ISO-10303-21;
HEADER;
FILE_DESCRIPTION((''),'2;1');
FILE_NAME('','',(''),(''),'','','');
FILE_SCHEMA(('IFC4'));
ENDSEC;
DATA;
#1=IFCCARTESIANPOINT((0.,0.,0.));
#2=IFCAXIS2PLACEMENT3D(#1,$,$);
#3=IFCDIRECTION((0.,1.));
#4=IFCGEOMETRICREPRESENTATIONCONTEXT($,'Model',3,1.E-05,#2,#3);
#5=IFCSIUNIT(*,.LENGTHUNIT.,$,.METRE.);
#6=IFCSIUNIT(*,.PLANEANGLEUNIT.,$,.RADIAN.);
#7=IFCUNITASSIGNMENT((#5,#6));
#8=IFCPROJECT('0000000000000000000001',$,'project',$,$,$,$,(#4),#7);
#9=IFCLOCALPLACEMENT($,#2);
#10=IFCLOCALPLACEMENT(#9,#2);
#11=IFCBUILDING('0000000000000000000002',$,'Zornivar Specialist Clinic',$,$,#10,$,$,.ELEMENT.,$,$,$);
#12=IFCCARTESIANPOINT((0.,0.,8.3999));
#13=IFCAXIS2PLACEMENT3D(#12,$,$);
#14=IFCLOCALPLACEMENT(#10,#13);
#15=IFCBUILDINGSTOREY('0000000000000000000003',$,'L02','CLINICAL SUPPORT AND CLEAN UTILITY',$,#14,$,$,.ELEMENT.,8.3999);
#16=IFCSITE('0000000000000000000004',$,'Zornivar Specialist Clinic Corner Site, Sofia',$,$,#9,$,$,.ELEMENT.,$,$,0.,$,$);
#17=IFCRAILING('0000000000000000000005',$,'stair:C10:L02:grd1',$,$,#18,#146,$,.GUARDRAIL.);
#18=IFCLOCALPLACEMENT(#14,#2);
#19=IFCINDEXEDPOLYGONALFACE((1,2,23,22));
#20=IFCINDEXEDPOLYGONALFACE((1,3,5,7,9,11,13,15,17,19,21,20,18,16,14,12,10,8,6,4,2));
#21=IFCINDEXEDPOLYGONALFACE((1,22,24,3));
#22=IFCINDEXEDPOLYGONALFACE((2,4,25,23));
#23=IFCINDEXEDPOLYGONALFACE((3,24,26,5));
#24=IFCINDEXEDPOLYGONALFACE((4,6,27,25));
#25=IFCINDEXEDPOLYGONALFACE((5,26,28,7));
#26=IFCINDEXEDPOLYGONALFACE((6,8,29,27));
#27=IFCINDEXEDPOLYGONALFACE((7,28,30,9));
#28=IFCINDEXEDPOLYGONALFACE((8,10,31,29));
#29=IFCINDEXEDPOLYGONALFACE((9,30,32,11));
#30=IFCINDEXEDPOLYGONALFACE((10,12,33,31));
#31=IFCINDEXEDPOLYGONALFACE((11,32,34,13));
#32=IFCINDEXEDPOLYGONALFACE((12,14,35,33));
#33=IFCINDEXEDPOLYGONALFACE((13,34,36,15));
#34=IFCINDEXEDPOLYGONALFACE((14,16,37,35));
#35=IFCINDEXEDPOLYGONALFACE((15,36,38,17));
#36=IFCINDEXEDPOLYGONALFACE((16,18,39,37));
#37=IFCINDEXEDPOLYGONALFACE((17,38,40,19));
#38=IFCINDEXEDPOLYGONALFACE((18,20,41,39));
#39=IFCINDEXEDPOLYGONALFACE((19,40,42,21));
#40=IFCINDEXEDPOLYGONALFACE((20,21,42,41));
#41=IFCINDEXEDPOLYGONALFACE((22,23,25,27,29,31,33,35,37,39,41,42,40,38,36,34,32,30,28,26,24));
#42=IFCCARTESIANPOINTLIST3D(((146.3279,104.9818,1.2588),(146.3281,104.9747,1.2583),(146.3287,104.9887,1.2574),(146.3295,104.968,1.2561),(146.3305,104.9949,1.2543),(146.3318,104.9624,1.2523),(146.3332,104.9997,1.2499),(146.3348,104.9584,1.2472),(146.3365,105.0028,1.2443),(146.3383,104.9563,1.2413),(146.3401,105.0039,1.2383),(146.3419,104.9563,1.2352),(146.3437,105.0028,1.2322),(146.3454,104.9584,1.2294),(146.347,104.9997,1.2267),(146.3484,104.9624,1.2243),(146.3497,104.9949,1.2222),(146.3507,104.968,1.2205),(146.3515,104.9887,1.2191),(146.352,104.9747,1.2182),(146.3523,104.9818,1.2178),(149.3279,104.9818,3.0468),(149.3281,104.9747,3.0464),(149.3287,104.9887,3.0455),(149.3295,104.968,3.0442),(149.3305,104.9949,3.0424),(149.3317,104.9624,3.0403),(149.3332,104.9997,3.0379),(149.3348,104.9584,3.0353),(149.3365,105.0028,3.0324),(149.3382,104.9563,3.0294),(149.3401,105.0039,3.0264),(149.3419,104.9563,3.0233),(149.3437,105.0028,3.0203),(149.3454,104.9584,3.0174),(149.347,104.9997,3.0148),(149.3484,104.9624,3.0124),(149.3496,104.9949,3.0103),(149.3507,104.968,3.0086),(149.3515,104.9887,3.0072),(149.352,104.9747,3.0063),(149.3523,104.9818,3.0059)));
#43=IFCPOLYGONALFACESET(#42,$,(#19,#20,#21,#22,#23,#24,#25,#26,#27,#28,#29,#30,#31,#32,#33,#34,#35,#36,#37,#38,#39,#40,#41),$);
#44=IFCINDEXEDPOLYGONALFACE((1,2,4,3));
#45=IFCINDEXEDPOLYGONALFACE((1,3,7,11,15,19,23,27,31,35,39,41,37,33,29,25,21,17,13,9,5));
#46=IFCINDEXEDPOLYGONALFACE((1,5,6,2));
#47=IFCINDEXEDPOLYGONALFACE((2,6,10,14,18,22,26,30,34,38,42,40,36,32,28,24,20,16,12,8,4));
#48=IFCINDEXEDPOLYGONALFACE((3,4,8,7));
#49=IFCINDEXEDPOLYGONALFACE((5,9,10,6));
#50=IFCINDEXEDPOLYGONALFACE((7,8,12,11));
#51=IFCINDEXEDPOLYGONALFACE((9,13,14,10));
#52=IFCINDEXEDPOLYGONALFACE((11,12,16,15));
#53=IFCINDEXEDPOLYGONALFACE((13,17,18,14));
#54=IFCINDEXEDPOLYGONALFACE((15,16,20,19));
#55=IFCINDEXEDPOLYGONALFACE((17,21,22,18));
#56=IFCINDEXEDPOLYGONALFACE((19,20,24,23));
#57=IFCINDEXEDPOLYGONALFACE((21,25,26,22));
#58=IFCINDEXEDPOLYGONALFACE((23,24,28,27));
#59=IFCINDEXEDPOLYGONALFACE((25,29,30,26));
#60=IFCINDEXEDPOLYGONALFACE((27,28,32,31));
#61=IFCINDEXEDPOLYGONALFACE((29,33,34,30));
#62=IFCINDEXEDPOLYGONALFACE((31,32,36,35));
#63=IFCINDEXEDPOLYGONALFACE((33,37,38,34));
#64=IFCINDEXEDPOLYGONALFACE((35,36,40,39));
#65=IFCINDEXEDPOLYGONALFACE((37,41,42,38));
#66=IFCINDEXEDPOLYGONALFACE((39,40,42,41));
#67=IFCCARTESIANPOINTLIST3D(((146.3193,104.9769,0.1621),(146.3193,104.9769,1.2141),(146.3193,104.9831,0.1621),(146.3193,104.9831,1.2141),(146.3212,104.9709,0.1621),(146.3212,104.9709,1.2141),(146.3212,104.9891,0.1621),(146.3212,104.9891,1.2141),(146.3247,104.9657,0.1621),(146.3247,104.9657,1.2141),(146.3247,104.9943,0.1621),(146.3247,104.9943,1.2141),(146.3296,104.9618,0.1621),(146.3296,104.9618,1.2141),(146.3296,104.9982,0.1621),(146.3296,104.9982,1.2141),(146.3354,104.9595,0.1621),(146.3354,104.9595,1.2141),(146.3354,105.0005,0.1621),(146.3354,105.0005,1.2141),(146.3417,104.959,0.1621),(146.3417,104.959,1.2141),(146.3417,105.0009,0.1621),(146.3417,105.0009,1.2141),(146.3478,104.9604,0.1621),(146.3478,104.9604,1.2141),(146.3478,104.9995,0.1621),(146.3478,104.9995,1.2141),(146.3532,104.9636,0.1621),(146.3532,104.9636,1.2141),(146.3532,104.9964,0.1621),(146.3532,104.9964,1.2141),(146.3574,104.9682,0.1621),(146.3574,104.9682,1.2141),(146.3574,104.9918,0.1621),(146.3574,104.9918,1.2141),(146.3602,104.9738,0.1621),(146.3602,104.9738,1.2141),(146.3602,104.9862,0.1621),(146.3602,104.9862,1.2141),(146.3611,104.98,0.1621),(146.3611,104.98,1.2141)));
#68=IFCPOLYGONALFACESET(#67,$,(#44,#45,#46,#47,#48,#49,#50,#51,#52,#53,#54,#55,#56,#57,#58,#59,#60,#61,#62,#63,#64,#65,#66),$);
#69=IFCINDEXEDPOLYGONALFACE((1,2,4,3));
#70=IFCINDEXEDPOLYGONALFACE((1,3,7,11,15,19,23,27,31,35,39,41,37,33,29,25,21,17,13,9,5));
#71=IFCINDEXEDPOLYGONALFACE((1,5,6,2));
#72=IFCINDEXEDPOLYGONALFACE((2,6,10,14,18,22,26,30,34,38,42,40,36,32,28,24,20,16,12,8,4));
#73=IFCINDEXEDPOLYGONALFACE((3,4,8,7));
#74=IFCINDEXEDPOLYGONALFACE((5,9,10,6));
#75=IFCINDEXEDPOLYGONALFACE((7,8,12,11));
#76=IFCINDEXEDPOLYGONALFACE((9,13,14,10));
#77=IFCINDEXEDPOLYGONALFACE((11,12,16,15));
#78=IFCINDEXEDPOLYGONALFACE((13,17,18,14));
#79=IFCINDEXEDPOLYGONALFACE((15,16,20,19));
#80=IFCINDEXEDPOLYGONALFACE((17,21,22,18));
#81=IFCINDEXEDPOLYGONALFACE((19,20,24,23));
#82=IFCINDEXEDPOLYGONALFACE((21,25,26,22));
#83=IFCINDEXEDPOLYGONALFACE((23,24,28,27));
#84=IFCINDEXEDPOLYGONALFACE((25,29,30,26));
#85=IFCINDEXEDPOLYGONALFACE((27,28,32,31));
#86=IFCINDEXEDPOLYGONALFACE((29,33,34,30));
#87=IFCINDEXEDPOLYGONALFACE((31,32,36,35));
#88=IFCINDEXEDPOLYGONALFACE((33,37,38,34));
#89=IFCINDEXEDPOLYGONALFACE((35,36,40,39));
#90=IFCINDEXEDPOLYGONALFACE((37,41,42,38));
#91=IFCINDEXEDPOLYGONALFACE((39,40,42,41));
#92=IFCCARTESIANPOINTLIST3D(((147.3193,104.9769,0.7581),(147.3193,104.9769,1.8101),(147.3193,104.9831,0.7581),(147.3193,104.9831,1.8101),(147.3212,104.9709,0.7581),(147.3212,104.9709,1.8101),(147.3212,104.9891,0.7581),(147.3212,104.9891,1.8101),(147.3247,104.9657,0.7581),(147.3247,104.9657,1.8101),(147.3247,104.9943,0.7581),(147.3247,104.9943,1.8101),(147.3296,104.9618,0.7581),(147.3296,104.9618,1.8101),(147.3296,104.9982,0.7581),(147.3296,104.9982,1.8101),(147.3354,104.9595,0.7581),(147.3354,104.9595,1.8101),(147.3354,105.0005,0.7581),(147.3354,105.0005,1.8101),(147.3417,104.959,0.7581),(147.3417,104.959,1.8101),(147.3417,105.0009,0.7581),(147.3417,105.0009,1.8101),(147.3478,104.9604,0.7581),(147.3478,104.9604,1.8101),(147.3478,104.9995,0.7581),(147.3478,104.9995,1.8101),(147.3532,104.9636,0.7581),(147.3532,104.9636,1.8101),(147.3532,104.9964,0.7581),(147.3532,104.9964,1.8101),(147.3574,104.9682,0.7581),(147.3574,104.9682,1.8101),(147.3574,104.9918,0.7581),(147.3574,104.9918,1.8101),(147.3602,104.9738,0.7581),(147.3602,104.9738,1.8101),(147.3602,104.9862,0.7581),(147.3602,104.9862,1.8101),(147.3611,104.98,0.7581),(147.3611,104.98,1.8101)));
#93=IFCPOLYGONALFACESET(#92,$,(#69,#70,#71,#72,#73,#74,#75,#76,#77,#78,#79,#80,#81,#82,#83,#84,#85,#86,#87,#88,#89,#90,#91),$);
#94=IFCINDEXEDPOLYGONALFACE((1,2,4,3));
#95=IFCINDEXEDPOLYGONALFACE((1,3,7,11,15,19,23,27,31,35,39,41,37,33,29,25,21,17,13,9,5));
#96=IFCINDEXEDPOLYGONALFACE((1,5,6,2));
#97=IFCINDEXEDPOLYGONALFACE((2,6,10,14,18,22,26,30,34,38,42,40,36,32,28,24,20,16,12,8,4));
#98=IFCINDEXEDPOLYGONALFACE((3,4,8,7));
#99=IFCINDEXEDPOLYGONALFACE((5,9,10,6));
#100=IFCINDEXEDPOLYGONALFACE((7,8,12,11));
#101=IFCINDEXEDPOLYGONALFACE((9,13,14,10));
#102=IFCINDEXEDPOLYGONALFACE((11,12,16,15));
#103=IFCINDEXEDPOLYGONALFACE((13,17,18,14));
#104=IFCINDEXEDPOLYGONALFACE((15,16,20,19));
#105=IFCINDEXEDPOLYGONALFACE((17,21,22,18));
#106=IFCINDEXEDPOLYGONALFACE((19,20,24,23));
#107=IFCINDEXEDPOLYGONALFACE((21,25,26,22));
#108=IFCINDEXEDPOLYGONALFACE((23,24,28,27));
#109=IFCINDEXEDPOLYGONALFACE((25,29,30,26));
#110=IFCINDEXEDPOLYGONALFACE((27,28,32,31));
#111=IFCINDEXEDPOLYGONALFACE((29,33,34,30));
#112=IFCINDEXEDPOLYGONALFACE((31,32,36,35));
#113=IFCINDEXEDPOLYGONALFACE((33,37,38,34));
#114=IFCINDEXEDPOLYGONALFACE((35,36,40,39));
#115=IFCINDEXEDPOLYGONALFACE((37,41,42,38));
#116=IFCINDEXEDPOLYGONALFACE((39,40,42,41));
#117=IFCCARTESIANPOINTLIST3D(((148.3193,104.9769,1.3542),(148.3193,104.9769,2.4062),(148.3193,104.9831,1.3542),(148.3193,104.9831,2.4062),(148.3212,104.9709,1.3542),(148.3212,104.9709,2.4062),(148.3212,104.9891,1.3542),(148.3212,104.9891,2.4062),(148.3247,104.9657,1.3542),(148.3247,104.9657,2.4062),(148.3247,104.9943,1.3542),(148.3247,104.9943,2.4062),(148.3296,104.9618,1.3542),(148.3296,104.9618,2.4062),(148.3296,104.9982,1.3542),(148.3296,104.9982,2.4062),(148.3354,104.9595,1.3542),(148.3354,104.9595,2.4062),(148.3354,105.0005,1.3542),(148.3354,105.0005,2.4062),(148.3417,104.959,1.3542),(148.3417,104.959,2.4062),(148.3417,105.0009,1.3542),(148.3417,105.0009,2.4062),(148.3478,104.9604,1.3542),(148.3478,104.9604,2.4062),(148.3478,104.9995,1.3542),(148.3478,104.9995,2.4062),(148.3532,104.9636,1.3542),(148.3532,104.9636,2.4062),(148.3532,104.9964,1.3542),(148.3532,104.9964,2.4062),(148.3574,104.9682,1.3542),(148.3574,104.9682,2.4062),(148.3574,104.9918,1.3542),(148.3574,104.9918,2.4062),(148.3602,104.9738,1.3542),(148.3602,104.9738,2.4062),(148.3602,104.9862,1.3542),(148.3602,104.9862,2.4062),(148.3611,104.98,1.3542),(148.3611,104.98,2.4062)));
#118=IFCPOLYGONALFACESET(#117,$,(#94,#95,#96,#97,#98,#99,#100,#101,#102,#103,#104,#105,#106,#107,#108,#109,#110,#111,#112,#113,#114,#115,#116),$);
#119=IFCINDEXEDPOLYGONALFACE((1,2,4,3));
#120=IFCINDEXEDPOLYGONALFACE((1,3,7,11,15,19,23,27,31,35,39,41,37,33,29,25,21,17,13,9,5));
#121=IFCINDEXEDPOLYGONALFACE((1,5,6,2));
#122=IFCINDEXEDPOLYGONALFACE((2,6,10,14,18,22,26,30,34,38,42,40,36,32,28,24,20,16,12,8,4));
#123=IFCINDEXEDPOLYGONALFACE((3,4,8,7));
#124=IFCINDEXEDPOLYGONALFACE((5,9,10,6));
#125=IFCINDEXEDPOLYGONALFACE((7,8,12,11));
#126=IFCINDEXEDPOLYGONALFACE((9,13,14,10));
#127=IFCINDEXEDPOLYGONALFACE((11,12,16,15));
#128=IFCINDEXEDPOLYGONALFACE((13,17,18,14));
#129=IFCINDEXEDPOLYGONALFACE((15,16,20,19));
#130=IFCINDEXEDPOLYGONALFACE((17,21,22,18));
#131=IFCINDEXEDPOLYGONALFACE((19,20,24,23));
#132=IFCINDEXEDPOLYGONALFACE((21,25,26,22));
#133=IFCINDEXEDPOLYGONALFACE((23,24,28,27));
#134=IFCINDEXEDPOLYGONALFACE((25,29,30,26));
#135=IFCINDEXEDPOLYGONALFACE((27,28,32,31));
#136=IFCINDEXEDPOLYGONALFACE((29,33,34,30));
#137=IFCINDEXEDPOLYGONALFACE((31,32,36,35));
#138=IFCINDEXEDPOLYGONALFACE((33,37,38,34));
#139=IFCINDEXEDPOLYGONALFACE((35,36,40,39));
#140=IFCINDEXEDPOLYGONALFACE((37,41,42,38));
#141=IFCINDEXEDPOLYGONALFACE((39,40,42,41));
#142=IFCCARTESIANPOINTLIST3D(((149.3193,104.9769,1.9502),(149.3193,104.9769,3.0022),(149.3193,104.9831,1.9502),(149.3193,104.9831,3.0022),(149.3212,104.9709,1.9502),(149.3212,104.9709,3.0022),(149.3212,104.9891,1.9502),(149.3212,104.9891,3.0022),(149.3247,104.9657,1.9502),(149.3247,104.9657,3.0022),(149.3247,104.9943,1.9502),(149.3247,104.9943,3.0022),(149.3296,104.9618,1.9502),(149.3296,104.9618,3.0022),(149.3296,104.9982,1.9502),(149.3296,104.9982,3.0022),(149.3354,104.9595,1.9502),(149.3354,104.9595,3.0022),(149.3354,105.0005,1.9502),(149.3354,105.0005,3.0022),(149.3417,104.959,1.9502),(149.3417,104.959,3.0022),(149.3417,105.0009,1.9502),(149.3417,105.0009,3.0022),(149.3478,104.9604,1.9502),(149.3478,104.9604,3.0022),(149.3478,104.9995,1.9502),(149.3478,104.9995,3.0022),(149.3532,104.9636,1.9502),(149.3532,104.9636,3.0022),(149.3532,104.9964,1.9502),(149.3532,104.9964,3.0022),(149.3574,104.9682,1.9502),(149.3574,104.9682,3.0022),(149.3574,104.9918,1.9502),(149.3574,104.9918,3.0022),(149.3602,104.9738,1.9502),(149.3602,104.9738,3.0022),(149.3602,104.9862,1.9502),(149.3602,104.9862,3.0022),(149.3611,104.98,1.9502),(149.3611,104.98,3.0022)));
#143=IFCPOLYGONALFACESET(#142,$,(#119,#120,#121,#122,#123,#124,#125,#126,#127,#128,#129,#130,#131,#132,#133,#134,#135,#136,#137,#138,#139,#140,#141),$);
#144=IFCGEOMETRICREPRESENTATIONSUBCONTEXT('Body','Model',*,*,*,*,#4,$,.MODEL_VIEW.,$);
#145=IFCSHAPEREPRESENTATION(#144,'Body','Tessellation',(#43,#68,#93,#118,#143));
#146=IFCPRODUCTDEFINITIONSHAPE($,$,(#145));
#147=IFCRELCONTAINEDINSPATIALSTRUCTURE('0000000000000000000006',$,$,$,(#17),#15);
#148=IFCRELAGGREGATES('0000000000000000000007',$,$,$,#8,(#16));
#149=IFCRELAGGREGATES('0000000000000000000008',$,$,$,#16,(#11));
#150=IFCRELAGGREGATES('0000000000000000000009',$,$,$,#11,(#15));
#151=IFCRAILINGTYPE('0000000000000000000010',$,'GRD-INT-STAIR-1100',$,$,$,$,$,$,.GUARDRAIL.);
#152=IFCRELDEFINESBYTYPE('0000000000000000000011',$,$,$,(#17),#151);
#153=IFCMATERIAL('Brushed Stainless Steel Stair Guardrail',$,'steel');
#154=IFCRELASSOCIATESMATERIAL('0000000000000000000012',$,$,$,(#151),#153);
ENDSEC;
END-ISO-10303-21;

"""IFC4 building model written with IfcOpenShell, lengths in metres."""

from ifc_helpers import new_model, si_unit, direction, frame, origin, origin_2d, place, context, subcontext, project, spatial, circle, extrude, material, type_object, element, save


model = new_model("IFC4")

# Units and contexts
model_context = context("Model", 3, precision=1e-05, world=origin(), true_north=direction((0.0, 1.0)))
body_context = subcontext(model_context, "Body", "Model", "MODEL_VIEW")
ifc_project = project(units=[si_unit("LENGTHUNIT", "METRE"), si_unit("PLANEANGLEUNIT", "RADIAN")], contexts=[model_context])

# Site, building, storey
site_placement = place(None, origin())
site = spatial("IfcSite", under=ifc_project, at=site_placement, Name="Zornivar Specialist Clinic Corner Site, Sofia", CompositionType="ELEMENT", RefElevation=0.0)
building_placement = place(site_placement, origin())
building = spatial("IfcBuilding", under=site, at=building_placement, Name="Zornivar Specialist Clinic", CompositionType="ELEMENT")
storey_placement = place(building_placement, frame((0.0, 0.0, 8.3999)))
storey = spatial("IfcBuildingStorey", under=building, at=storey_placement, Name="L02", Description="CLINICAL SUPPORT AND CLEAN UTILITY", CompositionType="ELEMENT", Elevation=8.3999)

# Railing
ifc_material_1 = material(Name="Brushed Stainless Steel Stair Guardrail", Category="steel")
railing_type_1 = type_object("IfcRailingType", Name="GRD-INT-STAIR-1100", PredefinedType="GUARDRAIL", material=ifc_material_1)
railing_1_placement = place(storey_placement, frame((146.3401, 104.98, 0.1621)))
element("IfcRailing", 1, at=railing_1_placement, inside=storey, type_object=railing_type_1, Name="stair:C10:L02:grd1", PredefinedType="GUARDRAIL", context=body_context, shape_type="SweptSolid", body=[
    extrude(circle(Radius=0.0239, at=origin_2d()), frame((0.0, 0.0, 1.0762), z_axis=(0.858994, 0.0, 0.511985), x_axis=(0.0, 1.0, 0.0)), (0.0, 0.0, 1.0), 3.4924),
    extrude(circle(Radius=0.021, at=origin_2d()), origin(), (0.0, 0.0, 1.0), 1.052),
    extrude(circle(Radius=0.021, at=origin_2d()), frame((1.0, 0.0, 0.5959)), (0.0, 0.0, 1.0), 1.052),
    extrude(circle(Radius=0.021, at=origin_2d()), frame((2.0, 0.0, 1.1921)), (0.0, 0.0, 1.0), 1.052),
    extrude(circle(Radius=0.021, at=origin_2d()), frame((3.0, 0.0, 1.7881)), (0.0, 0.0, 1.0), 1.052),
])

save(model, "model.ifc")
